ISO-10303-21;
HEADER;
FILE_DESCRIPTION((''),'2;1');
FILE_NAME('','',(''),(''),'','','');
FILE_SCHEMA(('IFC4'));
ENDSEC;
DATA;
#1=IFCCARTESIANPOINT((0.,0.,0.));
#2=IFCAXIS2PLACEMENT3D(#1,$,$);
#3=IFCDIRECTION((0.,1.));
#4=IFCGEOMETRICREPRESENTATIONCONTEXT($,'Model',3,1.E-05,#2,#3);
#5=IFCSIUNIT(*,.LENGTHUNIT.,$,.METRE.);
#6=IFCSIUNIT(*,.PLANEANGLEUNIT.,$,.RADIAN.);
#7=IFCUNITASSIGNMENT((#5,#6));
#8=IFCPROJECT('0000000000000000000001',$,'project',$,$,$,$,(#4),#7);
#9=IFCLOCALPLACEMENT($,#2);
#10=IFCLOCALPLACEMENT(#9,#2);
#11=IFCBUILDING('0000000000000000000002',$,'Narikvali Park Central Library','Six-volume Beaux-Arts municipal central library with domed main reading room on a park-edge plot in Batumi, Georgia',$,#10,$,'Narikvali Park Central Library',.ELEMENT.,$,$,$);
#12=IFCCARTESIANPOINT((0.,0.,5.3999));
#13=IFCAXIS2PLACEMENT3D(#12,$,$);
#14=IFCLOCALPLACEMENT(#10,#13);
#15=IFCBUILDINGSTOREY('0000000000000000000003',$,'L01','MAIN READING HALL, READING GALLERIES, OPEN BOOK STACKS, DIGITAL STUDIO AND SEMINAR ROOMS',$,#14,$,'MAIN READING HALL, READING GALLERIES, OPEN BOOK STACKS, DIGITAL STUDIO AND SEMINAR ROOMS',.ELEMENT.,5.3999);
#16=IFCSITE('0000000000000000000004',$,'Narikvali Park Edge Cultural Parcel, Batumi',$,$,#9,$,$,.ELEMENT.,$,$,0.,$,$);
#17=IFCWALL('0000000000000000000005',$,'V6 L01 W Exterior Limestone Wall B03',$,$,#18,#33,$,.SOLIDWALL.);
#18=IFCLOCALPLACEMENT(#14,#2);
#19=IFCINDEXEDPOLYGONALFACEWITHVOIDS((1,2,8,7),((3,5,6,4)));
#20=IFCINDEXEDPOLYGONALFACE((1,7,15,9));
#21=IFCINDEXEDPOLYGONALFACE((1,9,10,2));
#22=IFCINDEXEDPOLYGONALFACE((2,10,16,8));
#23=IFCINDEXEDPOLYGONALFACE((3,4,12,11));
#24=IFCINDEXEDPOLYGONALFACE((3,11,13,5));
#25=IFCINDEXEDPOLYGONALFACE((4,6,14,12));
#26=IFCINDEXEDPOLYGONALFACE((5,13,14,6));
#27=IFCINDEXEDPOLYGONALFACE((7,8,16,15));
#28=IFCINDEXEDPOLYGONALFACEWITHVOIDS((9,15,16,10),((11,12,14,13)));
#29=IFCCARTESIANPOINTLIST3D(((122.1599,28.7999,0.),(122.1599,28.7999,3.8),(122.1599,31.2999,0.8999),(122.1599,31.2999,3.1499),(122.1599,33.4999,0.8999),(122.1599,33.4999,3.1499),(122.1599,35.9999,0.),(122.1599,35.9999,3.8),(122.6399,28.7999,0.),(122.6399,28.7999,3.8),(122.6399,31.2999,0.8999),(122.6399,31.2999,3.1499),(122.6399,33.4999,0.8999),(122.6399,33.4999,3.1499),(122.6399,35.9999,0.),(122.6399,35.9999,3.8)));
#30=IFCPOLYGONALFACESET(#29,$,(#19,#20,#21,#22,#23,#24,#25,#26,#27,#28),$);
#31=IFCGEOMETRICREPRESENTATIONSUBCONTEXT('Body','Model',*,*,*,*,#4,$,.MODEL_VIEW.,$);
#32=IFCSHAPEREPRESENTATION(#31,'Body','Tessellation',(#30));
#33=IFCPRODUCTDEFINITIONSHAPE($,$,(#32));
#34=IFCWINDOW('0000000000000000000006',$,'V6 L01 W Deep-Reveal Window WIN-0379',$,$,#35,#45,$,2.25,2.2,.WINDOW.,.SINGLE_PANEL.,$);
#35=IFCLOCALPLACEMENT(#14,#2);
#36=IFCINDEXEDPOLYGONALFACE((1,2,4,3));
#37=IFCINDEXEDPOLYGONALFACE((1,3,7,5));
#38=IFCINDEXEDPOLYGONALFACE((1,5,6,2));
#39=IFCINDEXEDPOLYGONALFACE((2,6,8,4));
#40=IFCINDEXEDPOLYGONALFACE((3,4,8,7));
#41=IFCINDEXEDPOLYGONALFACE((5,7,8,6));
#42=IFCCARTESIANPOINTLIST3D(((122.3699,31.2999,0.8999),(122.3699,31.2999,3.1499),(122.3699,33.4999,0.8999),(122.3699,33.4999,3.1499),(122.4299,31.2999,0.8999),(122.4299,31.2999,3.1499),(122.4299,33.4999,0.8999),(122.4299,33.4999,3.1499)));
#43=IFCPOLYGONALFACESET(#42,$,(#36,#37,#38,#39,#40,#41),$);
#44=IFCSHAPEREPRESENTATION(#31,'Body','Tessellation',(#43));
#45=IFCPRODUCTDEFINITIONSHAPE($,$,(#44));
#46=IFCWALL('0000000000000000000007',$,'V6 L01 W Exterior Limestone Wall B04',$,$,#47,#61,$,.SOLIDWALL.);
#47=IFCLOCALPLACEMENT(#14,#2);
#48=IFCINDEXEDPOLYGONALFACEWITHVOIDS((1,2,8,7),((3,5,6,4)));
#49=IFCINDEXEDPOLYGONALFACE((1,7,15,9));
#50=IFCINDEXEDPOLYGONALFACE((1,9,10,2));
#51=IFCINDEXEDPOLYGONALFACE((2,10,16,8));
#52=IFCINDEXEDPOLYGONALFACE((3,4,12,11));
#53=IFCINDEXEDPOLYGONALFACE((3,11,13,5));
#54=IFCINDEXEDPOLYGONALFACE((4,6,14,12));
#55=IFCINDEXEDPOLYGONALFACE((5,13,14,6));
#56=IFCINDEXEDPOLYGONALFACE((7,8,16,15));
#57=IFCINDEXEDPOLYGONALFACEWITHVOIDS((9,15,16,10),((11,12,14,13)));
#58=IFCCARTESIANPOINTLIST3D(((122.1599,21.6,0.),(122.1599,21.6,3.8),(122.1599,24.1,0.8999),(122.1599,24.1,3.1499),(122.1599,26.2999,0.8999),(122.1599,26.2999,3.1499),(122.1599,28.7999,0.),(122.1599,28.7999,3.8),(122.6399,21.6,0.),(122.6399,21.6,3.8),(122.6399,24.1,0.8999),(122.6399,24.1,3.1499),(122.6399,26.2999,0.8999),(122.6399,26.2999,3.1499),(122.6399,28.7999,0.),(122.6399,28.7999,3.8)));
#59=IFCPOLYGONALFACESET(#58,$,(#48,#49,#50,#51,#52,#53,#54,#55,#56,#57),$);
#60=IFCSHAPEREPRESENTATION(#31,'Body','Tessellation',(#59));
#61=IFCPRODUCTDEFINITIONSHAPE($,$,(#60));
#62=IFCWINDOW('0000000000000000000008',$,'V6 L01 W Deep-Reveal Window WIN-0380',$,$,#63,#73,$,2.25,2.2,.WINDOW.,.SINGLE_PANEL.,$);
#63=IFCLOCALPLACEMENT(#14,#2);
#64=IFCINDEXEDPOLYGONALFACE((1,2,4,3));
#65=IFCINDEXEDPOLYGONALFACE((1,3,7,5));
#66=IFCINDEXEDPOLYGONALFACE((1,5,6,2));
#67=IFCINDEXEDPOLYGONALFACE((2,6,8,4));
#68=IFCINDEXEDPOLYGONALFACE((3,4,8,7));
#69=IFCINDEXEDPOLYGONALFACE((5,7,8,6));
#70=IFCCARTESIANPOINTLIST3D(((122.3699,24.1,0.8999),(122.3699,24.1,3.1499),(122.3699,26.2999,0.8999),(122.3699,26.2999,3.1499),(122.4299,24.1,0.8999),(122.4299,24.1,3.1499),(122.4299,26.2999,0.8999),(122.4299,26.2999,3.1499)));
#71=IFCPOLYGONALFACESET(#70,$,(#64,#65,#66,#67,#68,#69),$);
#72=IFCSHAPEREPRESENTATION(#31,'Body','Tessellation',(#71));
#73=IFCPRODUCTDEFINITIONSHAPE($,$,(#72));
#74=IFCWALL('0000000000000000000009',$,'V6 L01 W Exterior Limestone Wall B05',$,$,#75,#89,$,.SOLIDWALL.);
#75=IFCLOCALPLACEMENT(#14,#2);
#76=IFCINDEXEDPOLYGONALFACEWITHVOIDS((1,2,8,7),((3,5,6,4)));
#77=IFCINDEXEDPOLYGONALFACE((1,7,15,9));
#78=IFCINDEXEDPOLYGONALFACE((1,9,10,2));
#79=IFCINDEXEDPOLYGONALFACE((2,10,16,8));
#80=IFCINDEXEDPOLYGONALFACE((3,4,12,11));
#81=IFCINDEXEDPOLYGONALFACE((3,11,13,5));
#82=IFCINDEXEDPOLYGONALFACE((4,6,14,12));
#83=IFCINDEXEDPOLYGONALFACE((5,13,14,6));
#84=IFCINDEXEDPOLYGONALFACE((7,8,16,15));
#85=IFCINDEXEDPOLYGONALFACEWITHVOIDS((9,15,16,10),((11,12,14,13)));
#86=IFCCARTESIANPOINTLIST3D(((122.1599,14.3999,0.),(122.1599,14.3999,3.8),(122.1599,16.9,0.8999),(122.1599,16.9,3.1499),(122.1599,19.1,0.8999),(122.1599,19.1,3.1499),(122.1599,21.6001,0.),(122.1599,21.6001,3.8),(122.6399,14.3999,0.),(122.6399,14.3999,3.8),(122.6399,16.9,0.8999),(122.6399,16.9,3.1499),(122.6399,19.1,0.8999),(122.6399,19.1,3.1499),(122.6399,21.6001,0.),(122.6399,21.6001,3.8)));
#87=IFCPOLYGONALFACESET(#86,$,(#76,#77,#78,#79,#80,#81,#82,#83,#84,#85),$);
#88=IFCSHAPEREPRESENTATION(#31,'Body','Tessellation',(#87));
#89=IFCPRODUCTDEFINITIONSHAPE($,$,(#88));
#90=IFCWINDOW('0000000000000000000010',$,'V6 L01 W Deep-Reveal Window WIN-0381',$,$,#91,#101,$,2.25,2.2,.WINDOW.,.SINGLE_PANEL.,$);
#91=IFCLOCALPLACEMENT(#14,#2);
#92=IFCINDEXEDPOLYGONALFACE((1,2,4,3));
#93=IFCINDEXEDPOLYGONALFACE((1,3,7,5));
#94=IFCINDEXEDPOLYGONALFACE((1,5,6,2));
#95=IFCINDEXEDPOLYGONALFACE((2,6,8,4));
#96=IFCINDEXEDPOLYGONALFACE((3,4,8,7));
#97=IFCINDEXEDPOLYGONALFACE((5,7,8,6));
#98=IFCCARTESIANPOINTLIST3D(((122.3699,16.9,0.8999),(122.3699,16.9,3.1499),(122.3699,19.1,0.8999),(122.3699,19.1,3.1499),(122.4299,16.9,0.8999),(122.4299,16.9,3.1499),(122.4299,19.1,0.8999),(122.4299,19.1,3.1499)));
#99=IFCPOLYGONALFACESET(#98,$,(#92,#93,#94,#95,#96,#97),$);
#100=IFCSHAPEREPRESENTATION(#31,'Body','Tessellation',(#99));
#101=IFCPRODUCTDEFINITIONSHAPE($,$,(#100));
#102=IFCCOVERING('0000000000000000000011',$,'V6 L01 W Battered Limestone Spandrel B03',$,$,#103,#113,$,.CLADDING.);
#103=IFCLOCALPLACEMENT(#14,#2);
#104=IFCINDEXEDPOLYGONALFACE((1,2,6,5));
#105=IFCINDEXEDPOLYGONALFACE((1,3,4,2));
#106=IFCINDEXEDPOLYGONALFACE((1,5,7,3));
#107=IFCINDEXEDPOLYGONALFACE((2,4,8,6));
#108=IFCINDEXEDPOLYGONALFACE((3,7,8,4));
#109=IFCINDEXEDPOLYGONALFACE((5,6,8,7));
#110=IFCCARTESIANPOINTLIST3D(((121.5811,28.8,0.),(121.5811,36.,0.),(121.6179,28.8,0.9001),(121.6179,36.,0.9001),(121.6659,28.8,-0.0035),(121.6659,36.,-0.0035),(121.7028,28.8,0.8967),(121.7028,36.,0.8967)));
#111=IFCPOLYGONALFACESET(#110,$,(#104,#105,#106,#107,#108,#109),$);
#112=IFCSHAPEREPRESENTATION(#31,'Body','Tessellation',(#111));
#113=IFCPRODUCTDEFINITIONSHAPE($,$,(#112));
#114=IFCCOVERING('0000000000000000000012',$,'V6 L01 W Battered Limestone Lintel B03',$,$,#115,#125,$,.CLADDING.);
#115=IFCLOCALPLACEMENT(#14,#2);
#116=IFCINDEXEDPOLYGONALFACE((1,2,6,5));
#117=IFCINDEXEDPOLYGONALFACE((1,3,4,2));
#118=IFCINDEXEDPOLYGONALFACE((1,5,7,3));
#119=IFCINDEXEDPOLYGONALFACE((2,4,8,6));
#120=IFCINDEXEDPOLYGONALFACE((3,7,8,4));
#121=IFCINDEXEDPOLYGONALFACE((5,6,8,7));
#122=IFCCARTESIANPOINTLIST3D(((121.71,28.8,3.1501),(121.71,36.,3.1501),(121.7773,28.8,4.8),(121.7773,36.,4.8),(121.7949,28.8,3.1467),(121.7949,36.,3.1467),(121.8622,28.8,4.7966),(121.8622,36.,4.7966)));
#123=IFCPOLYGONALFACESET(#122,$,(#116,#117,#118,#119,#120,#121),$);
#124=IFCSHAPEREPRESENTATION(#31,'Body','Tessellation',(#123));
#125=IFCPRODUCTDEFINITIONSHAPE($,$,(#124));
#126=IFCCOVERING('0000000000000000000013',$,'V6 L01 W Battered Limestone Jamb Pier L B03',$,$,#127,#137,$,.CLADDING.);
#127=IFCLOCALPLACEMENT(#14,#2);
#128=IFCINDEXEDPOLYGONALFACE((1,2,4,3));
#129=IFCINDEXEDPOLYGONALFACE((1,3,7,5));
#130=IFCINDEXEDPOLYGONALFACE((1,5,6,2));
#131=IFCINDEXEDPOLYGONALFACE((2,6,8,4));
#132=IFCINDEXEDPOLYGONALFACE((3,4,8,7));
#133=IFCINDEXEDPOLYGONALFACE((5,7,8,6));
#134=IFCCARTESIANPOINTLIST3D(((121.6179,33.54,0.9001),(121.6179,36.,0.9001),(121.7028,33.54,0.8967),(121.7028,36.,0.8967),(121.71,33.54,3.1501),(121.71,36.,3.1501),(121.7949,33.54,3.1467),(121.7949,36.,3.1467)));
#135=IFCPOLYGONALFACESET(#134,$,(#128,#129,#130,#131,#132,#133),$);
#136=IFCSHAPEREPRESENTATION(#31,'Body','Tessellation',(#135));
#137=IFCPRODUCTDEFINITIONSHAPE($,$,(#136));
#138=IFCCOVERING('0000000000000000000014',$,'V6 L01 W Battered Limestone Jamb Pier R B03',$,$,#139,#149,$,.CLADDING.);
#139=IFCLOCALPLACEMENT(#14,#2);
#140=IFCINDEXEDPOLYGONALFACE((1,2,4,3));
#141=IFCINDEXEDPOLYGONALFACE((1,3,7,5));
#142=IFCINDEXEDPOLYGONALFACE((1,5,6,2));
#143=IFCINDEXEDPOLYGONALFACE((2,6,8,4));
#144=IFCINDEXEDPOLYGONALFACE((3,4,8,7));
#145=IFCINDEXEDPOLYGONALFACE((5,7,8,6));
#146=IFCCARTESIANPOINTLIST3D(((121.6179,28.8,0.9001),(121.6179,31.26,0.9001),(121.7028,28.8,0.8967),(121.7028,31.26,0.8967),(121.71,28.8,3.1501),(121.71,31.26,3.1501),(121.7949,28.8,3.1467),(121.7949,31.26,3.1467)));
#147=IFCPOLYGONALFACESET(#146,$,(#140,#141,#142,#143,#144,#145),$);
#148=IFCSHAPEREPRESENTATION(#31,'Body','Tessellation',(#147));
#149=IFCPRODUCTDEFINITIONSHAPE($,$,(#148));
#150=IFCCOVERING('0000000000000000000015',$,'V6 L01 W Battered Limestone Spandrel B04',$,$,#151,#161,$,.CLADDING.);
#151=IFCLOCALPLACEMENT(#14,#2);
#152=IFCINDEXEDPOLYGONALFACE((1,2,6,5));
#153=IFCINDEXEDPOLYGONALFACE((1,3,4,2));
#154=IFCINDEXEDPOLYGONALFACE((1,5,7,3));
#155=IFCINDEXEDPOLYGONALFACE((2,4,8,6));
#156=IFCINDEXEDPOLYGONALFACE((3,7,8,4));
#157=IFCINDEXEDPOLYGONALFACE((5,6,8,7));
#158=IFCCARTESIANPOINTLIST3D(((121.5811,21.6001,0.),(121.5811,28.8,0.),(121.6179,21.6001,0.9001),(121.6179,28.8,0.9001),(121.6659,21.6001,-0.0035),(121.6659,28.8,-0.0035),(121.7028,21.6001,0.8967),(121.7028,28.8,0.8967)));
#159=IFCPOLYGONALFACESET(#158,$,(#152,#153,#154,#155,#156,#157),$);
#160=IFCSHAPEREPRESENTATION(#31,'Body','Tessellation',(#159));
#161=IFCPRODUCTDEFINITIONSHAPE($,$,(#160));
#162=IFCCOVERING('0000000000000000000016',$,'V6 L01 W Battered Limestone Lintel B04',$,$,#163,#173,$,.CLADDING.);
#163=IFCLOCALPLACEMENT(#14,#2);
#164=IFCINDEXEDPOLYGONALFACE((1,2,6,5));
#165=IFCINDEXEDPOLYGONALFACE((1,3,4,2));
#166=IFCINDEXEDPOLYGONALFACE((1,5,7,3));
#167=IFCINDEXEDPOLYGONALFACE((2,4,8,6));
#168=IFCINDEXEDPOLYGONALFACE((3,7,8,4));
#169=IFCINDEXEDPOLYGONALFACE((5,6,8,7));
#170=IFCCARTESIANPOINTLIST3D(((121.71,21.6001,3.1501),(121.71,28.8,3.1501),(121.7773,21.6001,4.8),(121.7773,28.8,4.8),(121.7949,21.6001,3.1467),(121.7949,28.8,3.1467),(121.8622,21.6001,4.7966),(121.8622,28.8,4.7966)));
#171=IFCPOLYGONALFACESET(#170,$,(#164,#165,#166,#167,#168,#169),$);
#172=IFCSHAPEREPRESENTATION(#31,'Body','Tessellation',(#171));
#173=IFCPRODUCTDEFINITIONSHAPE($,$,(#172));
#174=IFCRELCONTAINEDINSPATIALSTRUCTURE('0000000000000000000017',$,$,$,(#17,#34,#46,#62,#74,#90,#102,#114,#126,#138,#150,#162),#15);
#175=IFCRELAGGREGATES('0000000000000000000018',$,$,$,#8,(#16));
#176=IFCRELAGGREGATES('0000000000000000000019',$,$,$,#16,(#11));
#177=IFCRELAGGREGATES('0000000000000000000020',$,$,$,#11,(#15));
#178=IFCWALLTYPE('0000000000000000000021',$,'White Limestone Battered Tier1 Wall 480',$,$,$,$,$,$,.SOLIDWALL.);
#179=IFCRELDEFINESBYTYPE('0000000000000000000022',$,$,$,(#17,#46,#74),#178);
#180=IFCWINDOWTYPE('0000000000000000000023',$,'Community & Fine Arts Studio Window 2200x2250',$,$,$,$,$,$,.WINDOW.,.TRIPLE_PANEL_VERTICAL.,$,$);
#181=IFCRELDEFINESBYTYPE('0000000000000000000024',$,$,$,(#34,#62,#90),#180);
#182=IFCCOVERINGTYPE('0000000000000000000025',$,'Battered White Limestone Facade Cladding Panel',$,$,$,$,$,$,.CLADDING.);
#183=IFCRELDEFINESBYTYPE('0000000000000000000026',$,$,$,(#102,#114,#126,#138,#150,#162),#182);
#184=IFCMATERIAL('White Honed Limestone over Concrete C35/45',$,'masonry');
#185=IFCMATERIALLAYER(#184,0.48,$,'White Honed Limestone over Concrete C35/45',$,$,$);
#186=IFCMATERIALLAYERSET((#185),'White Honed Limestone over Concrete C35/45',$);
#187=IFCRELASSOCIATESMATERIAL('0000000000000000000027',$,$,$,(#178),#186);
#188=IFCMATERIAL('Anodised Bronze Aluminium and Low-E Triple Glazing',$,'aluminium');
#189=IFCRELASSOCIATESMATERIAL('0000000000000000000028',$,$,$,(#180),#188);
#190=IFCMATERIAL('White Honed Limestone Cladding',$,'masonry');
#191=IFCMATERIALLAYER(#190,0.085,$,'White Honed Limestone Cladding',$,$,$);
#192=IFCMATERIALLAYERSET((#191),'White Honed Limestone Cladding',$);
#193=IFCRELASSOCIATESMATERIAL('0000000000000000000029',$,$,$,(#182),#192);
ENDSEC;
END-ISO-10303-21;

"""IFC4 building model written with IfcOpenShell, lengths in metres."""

from ifc_helpers import new_model, si_unit, direction, frame, frame_2d, origin, place, context, subcontext, project, spatial, polyline, rectangle, outline, extrude, material, layer, layer_set, type_object, element, fill, save


model = new_model("IFC4")

# Units and contexts
model_context = context("Model", 3, precision=1e-05, world=origin(), true_north=direction((0.0, 1.0)))
body_context = subcontext(model_context, "Body", "Model", "MODEL_VIEW")
ifc_project = project(units=[si_unit("LENGTHUNIT", "METRE"), si_unit("PLANEANGLEUNIT", "RADIAN")], contexts=[model_context])

# Site, building, storey
site_placement = place(None, origin())
site = spatial("IfcSite", under=ifc_project, at=site_placement, Name="Narikvali Park Edge Cultural Parcel, Batumi", CompositionType="ELEMENT", RefElevation=0.0)
building_placement = place(site_placement, origin())
building = spatial("IfcBuilding", under=site, at=building_placement, Name="Narikvali Park Central Library", Description="Six-volume Beaux-Arts municipal central library with domed main reading room on a park-edge plot in Batumi, Georgia", LongName="Narikvali Park Central Library", CompositionType="ELEMENT")
storey_placement = place(building_placement, frame((0.0, 0.0, 5.3999)))
storey = spatial("IfcBuildingStorey", under=building, at=storey_placement, Name="L01", Description="MAIN READING HALL, READING GALLERIES, OPEN BOOK STACKS, DIGITAL STUDIO AND SEMINAR ROOMS", LongName="MAIN READING HALL, READING GALLERIES, OPEN BOOK STACKS, DIGITAL STUDIO AND SEMINAR ROOMS", CompositionType="ELEMENT", Elevation=5.3999)

# Walls, openings, windows
ifc_material_1 = material(Name="White Honed Limestone over Concrete C35/45", Category="masonry")
ifc_layer_1 = layer(ifc_material_1, 0.48, Name="White Honed Limestone over Concrete C35/45")
ifc_layer_set_1 = layer_set([ifc_layer_1], Name="White Honed Limestone over Concrete C35/45")
wall_type_1 = type_object("IfcWallType", Name="White Limestone Battered Tier1 Wall 480", PredefinedType="SOLIDWALL", material=ifc_layer_set_1)
wall_1_placement = place(storey_placement, frame((122.3999, 36.0, 0.0), z_axis=(0.0, 0.0, 1.0), x_axis=(0.0, -1.0, 0.0)))
wall_1 = element("IfcWall", 1, at=wall_1_placement, inside=storey, type_object=wall_type_1, Name="V6 L01 W Exterior Limestone Wall B03", PredefinedType="SOLIDWALL", context=body_context, shape_type="SweptSolid", body=[
    extrude(rectangle(XDim=7.2, YDim=0.48, at=frame_2d((3.6001, 0.0))), origin(), (0.0, 0.0, 1.0), 3.8),
])
opening_1_placement = place(wall_1_placement, frame((2.5, 0.0, 0.8999)))
opening_1 = element("IfcOpeningElement", 2, at=opening_1_placement, cuts=wall_1, PredefinedType="OPENING", context=body_context, shape_type="SweptSolid", body=[
    extrude(rectangle(XDim=2.2, YDim=2.25, at=frame_2d((1.1001, 1.125))), frame((0.0, 0.252, 0.0), z_axis=(0.0, -1.0, 0.0), x_axis=(1.0, 0.0, 0.0)), (0.0, 0.0, 1.0), 0.5039),
])
ifc_material_2 = material(Name="Anodised Bronze Aluminium and Low-E Triple Glazing", Category="aluminium")
window_type = type_object("IfcWindowType", Name="Community & Fine Arts Studio Window 2200x2250", PartitioningType="TRIPLE_PANEL_VERTICAL", PredefinedType="WINDOW", material=ifc_material_2)
window_1_placement = place(opening_1_placement, origin())
window_1 = element("IfcWindow", 3, at=window_1_placement, inside=storey, type_object=window_type, Name="V6 L01 W Deep-Reveal Window WIN-0379", OverallHeight=2.25, OverallWidth=2.2, PartitioningType="SINGLE_PANEL", PredefinedType="WINDOW", context=body_context, shape_type="SweptSolid", body=[
    extrude(rectangle(XDim=2.2, YDim=2.25, at=frame_2d((1.1001, 1.125))), frame((0.0, 0.03, 0.0), z_axis=(0.0, -1.0, 0.0), x_axis=(1.0, 0.0, 0.0)), (0.0, 0.0, 1.0), 0.0601),
])
fill(opening_1, window_1)
wall_2_placement = place(storey_placement, frame((122.3999, 28.8, 0.0), z_axis=(0.0, 0.0, 1.0), x_axis=(0.0, -1.0, 0.0)))
wall_2 = element("IfcWall", 4, at=wall_2_placement, inside=storey, type_object=wall_type_1, Name="V6 L01 W Exterior Limestone Wall B04", PredefinedType="SOLIDWALL", context=body_context, shape_type="SweptSolid", body=[
    extrude(rectangle(XDim=7.2, YDim=0.48, at=frame_2d((3.6001, 0.0))), origin(), (0.0, 0.0, 1.0), 3.8),
])
opening_2_placement = place(wall_2_placement, frame((2.5, 0.0, 0.8999)))
opening_2 = element("IfcOpeningElement", 5, at=opening_2_placement, cuts=wall_2, PredefinedType="OPENING", context=body_context, shape_type="SweptSolid", body=[
    extrude(rectangle(XDim=2.2, YDim=2.25, at=frame_2d((1.1001, 1.125))), frame((0.0, 0.252, 0.0), z_axis=(0.0, -1.0, 0.0), x_axis=(1.0, 0.0, 0.0)), (0.0, 0.0, 1.0), 0.5039),
])
window_2_placement = place(opening_2_placement, origin())
window_2 = element("IfcWindow", 6, at=window_2_placement, inside=storey, type_object=window_type, Name="V6 L01 W Deep-Reveal Window WIN-0380", OverallHeight=2.25, OverallWidth=2.2, PartitioningType="SINGLE_PANEL", PredefinedType="WINDOW", context=body_context, shape_type="SweptSolid", body=[
    extrude(rectangle(XDim=2.2, YDim=2.25, at=frame_2d((1.1001, 1.125))), frame((0.0, 0.03, 0.0), z_axis=(0.0, -1.0, 0.0), x_axis=(1.0, 0.0, 0.0)), (0.0, 0.0, 1.0), 0.0601),
])
fill(opening_2, window_2)
wall_3_placement = place(storey_placement, frame((122.3999, 21.6001, 0.0), z_axis=(0.0, 0.0, 1.0), x_axis=(0.0, -1.0, 0.0)))
wall_3 = element("IfcWall", 7, at=wall_3_placement, inside=storey, type_object=wall_type_1, Name="V6 L01 W Exterior Limestone Wall B05", PredefinedType="SOLIDWALL", context=body_context, shape_type="SweptSolid", body=[
    extrude(rectangle(XDim=7.2002, YDim=0.48, at=frame_2d((3.6001, 0.0))), origin(), (0.0, 0.0, 1.0), 3.8),
])
opening_3_placement = place(wall_3_placement, frame((2.5, 0.0, 0.8999)))
opening_3 = element("IfcOpeningElement", 8, at=opening_3_placement, cuts=wall_3, PredefinedType="OPENING", context=body_context, shape_type="SweptSolid", body=[
    extrude(rectangle(XDim=2.2, YDim=2.25, at=frame_2d((1.1001, 1.125))), frame((0.0, 0.252, 0.0), z_axis=(0.0, -1.0, 0.0), x_axis=(1.0, 0.0, 0.0)), (0.0, 0.0, 1.0), 0.5039),
])
window_3_placement = place(opening_3_placement, origin())
window_3 = element("IfcWindow", 9, at=window_3_placement, inside=storey, type_object=window_type, Name="V6 L01 W Deep-Reveal Window WIN-0381", OverallHeight=2.25, OverallWidth=2.2, PartitioningType="SINGLE_PANEL", PredefinedType="WINDOW", context=body_context, shape_type="SweptSolid", body=[
    extrude(rectangle(XDim=2.2, YDim=2.25, at=frame_2d((1.1001, 1.125))), frame((0.0, 0.03, 0.0), z_axis=(0.0, -1.0, 0.0), x_axis=(1.0, 0.0, 0.0)), (0.0, 0.0, 1.0), 0.0601),
])
fill(opening_3, window_3)

# Coverings
ifc_material_3 = material(Name="White Honed Limestone Cladding", Category="masonry")
ifc_layer_2 = layer(ifc_material_3, 0.085, Name="White Honed Limestone Cladding")
ifc_layer_set_2 = layer_set([ifc_layer_2], Name="White Honed Limestone Cladding")
covering_type = type_object("IfcCoveringType", Name="Battered White Limestone Facade Cladding Panel", PredefinedType="CLADDING", material=ifc_layer_set_2)
covering_1_placement = place(storey_placement, frame((121.5811, 36.0, 0.0), z_axis=(-0.999162, 0.0, 0.04092), x_axis=(0.0, -1.0, 0.0)))
element("IfcCovering", 10, at=covering_1_placement, inside=storey, type_object=covering_type, Name="V6 L01 W Battered Limestone Spandrel B03", PredefinedType="CLADDING", context=body_context, shape_type="SweptSolid", body=[
    extrude(outline(polyline([(0.0, 0.0), (7.2, 0.0), (7.2, 0.9009), (0.0, 0.9009), (0.0, 0.0)])), origin(), (0.0, 0.0, -1.0), 0.085),
])
covering_2_placement = place(storey_placement, frame((121.71, 36.0, 3.1501), z_axis=(-0.999167, 0.0, 0.040806), x_axis=(0.0, -1.0, 0.0)))
element("IfcCovering", 11, at=covering_2_placement, inside=storey, type_object=covering_type, Name="V6 L01 W Battered Limestone Lintel B03", PredefinedType="CLADDING", context=body_context, shape_type="SweptSolid", body=[
    extrude(outline(polyline([(0.0, 0.0), (7.2, 0.0), (7.2, 1.6513), (0.0, 1.6513), (0.0, 0.0)])), origin(), (0.0, 0.0, -1.0), 0.085),
])
for number, where, z_axis, x_axis, name in (
    (12, (121.6179, 36.0, 0.9001), (-0.999164, 0.0, 0.040873), (0.0, -1.0, 0.0), "V6 L01 W Battered Limestone Jamb Pier L B03"),
    (13, (121.6179, 31.26, 0.9001), (-0.999164, 0.0, 0.040873), (0.0, -1.0, 0.0), "V6 L01 W Battered Limestone Jamb Pier R B03"),
):
    element("IfcCovering", number, at=place(storey_placement, frame(where, z_axis=z_axis, x_axis=x_axis)), inside=storey, type_object=covering_type, Name=name, PredefinedType="CLADDING", context=body_context, shape_type="SweptSolid", body=[
        extrude(outline(polyline([(0.0, 0.0), (2.46, 0.0), (2.46, 2.2519), (0.0, 2.2519), (0.0, 0.0)])), origin(), (0.0, 0.0, -1.0), 0.085),
    ])
covering_3_placement = place(storey_placement, frame((121.5811, 28.8, 0.0), z_axis=(-0.999162, 0.0, 0.04092), x_axis=(0.0, -1.0, 0.0)))
element("IfcCovering", 14, at=covering_3_placement, inside=storey, type_object=covering_type, Name="V6 L01 W Battered Limestone Spandrel B04", PredefinedType="CLADDING", context=body_context, shape_type="SweptSolid", body=[
    extrude(outline(polyline([(0.0, 0.0), (7.2, 0.0), (7.2, 0.9009), (0.0, 0.9009), (0.0, 0.0)])), origin(), (0.0, 0.0, -1.0), 0.085),
])
covering_4_placement = place(storey_placement, frame((121.71, 28.8, 3.1501), z_axis=(-0.999167, 0.0, 0.040806), x_axis=(0.0, -1.0, 0.0)))
element("IfcCovering", 15, at=covering_4_placement, inside=storey, type_object=covering_type, Name="V6 L01 W Battered Limestone Lintel B04", PredefinedType="CLADDING", context=body_context, shape_type="SweptSolid", body=[
    extrude(outline(polyline([(0.0, 0.0), (7.2, 0.0), (7.2, 1.6513), (0.0, 1.6513), (0.0, 0.0)])), origin(), (0.0, 0.0, -1.0), 0.085),
])

save(model, "model.ifc")
